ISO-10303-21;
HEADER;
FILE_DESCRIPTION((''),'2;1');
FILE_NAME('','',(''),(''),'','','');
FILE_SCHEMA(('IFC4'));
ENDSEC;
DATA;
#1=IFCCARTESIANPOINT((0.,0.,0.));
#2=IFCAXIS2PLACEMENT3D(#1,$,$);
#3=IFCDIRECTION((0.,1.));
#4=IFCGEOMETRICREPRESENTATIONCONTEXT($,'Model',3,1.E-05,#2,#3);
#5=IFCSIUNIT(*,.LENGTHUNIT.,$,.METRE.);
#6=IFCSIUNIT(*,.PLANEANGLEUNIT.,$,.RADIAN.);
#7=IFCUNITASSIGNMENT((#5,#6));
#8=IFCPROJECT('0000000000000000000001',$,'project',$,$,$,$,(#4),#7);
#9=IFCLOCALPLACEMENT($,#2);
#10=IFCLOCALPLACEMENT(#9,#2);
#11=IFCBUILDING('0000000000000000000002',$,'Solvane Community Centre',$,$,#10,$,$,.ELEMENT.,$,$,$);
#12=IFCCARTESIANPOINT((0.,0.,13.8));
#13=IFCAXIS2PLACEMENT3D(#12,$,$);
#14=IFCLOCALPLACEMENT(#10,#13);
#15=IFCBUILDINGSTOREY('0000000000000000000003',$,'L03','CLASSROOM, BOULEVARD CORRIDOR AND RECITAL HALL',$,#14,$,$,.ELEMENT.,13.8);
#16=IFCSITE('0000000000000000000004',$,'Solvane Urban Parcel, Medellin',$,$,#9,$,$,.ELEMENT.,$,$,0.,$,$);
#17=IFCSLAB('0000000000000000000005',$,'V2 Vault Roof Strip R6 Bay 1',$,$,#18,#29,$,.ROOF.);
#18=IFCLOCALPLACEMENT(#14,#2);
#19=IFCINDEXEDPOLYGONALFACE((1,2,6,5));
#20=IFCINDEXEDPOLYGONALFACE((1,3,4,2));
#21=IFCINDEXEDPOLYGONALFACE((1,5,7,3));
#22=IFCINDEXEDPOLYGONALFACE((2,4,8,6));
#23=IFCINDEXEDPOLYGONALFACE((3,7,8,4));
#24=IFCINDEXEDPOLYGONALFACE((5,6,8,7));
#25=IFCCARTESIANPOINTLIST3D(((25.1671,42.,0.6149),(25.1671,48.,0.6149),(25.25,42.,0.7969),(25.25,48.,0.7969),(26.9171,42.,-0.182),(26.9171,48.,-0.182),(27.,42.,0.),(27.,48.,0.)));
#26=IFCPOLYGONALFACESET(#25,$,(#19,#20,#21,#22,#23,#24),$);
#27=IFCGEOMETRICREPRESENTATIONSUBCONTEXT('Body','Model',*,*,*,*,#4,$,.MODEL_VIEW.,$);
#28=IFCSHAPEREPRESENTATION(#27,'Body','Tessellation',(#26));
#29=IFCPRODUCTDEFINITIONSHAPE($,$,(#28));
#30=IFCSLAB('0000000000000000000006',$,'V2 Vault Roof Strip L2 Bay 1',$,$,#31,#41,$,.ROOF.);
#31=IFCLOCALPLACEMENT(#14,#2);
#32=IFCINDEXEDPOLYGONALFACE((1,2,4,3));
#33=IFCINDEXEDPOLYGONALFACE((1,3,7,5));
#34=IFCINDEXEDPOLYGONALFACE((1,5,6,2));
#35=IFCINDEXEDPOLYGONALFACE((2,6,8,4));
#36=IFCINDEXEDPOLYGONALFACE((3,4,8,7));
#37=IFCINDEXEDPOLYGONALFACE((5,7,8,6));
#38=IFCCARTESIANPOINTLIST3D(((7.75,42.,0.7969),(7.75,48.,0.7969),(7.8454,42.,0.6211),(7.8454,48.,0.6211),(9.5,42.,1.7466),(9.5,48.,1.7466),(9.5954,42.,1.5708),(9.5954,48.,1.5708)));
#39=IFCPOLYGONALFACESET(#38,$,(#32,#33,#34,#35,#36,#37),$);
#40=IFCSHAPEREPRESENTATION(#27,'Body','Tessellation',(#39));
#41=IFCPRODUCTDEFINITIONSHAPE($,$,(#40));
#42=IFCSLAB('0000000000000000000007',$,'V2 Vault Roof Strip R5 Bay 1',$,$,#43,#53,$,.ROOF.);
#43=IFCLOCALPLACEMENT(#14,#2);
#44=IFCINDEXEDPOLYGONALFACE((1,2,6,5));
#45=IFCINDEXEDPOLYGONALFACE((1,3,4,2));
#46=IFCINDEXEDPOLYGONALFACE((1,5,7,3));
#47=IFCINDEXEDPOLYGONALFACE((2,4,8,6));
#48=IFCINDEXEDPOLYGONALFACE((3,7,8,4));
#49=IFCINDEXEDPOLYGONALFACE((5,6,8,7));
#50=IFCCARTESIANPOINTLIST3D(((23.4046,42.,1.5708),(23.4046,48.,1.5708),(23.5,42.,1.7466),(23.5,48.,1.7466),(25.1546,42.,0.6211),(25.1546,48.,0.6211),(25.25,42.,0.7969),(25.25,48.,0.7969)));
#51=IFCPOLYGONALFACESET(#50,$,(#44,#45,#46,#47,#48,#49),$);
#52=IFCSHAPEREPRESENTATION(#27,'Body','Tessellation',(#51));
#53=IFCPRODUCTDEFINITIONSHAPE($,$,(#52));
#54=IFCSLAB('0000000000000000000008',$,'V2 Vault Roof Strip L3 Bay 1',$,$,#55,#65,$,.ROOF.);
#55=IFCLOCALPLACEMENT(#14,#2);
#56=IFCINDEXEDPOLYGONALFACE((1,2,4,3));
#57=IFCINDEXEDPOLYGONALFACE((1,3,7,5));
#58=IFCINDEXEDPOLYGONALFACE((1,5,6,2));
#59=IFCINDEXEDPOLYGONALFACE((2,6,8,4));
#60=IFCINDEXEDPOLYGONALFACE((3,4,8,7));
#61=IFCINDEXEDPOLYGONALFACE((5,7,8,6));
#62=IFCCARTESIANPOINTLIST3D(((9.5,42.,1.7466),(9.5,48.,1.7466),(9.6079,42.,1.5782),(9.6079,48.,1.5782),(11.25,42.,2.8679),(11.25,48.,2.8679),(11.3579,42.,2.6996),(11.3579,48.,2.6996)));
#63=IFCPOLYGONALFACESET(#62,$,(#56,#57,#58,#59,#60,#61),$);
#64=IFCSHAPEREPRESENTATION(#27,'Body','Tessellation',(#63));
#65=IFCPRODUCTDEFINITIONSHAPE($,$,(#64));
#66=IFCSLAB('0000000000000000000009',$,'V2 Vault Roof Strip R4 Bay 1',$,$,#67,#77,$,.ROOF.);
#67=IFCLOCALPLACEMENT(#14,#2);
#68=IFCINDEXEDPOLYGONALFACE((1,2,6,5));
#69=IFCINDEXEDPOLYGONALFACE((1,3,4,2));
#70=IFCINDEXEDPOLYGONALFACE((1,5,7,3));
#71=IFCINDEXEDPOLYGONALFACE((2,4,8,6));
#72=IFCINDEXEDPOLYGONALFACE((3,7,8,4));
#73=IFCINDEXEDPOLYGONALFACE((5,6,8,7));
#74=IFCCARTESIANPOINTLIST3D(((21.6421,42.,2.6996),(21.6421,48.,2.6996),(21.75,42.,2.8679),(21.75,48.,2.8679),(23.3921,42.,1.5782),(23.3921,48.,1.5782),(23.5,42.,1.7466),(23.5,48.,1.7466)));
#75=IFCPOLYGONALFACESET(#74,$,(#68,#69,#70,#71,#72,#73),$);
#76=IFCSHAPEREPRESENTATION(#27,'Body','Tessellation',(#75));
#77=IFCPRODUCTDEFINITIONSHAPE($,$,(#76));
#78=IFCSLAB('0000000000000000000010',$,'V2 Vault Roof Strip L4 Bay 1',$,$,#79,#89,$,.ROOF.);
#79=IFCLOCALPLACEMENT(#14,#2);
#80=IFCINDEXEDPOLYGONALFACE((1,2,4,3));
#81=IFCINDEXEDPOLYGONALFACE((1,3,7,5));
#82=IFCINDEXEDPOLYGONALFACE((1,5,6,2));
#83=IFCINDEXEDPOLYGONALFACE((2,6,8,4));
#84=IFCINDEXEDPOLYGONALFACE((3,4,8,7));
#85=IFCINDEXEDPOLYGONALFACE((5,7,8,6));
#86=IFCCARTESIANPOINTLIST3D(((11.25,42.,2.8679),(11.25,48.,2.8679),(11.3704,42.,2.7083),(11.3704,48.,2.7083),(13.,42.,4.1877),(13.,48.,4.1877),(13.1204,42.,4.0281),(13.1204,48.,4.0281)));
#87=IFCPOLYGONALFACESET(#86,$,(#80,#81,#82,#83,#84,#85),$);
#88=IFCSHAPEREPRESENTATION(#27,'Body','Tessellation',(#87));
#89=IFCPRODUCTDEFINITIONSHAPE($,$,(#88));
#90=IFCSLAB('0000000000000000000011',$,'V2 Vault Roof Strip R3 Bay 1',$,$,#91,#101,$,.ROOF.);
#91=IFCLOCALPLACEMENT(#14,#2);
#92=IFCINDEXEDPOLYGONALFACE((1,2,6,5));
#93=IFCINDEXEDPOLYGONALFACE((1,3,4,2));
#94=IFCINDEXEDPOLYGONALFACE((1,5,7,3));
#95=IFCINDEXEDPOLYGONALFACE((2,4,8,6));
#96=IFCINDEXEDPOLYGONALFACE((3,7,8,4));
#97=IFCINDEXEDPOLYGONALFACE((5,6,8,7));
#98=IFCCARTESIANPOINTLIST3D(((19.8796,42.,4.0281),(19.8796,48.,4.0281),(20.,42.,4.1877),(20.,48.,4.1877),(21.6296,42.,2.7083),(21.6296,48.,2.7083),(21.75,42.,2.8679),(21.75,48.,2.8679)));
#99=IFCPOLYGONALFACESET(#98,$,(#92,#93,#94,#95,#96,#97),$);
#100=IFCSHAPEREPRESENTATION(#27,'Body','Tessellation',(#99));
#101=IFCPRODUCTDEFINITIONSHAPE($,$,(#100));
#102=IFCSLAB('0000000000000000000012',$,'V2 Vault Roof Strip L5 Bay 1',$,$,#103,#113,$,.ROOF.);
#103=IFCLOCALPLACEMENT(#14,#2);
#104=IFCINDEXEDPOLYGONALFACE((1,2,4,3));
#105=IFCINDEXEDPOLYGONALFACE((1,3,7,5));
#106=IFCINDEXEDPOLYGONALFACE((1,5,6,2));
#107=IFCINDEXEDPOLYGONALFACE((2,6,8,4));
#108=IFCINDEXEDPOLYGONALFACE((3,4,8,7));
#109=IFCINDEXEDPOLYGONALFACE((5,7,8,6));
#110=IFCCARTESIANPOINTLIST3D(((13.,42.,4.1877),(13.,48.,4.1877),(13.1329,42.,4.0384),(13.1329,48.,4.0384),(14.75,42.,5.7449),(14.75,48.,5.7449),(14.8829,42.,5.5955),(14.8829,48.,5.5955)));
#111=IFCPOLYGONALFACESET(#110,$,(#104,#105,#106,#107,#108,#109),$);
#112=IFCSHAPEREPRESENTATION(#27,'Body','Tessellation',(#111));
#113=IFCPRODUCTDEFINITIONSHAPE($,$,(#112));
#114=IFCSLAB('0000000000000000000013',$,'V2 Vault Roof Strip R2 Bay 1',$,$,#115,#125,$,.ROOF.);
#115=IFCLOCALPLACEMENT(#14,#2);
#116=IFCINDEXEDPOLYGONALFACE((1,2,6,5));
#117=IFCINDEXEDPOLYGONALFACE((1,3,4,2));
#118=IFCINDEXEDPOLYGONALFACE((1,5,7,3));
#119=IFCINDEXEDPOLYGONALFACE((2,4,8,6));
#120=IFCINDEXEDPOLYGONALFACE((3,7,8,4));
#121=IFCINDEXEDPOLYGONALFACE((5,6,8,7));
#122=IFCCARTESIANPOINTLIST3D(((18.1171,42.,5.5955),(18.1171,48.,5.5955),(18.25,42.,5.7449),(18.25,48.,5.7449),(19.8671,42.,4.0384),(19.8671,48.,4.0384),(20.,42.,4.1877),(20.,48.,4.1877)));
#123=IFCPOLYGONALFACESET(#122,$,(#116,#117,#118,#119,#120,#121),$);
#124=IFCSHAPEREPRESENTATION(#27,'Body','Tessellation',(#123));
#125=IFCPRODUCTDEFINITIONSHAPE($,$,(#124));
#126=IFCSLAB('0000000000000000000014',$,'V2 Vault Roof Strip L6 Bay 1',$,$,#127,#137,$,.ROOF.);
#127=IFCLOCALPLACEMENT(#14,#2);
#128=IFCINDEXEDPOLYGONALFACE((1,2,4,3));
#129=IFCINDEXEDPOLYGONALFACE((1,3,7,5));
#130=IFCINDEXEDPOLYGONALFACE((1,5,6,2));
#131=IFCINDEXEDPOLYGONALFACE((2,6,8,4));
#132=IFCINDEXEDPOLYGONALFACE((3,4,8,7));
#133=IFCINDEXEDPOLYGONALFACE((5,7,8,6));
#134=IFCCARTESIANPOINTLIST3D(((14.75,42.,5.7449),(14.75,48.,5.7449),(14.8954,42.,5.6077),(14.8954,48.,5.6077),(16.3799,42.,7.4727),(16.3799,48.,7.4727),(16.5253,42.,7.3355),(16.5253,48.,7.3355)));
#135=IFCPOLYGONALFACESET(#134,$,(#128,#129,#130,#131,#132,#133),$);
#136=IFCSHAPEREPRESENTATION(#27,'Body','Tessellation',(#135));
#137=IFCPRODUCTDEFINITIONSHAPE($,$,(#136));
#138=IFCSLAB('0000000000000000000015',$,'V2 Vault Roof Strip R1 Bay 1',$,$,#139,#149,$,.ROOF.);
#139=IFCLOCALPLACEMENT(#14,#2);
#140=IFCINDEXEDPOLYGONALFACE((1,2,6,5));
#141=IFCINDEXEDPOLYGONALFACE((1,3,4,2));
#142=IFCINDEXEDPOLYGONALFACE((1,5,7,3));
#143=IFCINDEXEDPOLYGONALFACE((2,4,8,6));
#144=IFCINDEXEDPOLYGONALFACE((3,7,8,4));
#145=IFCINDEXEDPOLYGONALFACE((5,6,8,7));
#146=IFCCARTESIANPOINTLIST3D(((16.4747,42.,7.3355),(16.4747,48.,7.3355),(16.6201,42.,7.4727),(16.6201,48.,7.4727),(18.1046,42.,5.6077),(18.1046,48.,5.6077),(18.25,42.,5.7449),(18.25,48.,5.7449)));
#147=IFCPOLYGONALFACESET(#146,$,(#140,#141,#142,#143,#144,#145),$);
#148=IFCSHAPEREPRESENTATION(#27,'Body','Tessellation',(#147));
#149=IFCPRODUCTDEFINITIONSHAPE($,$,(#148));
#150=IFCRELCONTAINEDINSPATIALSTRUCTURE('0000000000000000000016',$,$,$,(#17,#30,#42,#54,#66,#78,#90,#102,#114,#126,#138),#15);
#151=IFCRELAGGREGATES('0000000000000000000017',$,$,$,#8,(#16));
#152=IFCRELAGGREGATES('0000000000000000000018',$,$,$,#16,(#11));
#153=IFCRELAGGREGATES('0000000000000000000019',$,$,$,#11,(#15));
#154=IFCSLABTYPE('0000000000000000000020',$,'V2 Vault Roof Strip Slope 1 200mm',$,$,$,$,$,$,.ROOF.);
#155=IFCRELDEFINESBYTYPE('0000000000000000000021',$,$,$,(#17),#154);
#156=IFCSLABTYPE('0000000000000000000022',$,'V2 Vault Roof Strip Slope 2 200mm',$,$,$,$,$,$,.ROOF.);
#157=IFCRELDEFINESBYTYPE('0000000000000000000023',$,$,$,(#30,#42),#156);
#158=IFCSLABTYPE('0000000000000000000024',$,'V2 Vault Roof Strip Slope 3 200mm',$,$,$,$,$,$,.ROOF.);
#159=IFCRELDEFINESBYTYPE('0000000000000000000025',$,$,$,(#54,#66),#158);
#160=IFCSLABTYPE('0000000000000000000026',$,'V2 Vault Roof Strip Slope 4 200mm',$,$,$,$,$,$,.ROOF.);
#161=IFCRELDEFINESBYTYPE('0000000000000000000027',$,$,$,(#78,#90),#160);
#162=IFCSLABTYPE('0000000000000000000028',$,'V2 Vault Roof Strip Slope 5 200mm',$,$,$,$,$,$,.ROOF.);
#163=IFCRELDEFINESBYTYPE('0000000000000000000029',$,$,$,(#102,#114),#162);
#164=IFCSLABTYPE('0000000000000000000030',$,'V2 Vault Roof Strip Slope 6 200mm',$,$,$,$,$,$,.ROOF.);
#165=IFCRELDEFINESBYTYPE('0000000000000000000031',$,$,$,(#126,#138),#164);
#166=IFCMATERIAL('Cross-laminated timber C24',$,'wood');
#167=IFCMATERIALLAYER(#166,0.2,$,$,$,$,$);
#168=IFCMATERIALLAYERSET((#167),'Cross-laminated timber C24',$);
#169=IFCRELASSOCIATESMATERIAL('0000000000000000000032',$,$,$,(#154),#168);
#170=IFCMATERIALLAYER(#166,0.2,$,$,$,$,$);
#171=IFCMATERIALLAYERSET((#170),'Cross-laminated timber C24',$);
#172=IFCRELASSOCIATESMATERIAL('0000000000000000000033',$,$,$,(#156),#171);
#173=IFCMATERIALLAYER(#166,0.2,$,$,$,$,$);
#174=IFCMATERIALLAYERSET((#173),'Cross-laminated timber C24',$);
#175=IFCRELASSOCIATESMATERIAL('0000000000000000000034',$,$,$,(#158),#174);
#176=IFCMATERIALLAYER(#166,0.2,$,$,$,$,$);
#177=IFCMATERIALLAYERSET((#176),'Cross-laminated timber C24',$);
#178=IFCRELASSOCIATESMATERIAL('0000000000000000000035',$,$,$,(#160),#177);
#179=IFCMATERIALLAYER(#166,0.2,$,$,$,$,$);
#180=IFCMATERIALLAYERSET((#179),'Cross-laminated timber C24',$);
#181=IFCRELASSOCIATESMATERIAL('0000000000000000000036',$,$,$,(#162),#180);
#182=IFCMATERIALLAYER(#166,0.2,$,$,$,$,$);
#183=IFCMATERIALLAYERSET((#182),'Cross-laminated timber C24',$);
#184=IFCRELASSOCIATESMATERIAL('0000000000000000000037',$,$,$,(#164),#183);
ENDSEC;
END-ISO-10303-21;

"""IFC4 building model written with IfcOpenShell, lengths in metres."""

from ifc_helpers import new_model, si_unit, direction, frame, origin, place, context, subcontext, project, spatial, polyline, outline, extrude, material, layer, layer_set, type_object, element, save


model = new_model("IFC4")

# Units and contexts
model_context = context("Model", 3, precision=1e-05, world=origin(), true_north=direction((0.0, 1.0)))
body_context = subcontext(model_context, "Body", "Model", "MODEL_VIEW")
ifc_project = project(units=[si_unit("LENGTHUNIT", "METRE"), si_unit("PLANEANGLEUNIT", "RADIAN")], contexts=[model_context])

# Site, building, storey
site_placement = place(None, origin())
site = spatial("IfcSite", under=ifc_project, at=site_placement, Name="Solvane Urban Parcel, Medellin", CompositionType="ELEMENT", RefElevation=0.0)
building_placement = place(site_placement, origin())
building = spatial("IfcBuilding", under=site, at=building_placement, Name="Solvane Community Centre", CompositionType="ELEMENT")
storey_placement = place(building_placement, frame((0.0, 0.0, 13.8)))
storey = spatial("IfcBuildingStorey", under=building, at=storey_placement, Name="L03", Description="CLASSROOM, BOULEVARD CORRIDOR AND RECITAL HALL", CompositionType="ELEMENT", Elevation=13.8)

# Slabs
ifc_material_1 = material(Name="Cross-laminated timber C24", Category="wood")
ifc_layer_1 = layer(ifc_material_1, 0.2)
ifc_layer_set_1 = layer_set([ifc_layer_1], Name="Cross-laminated timber C24")
slab_type_1 = type_object("IfcSlabType", Name="V2 Vault Roof Strip Slope 1 200mm", PredefinedType="ROOF", material=ifc_layer_set_1)
for number, where, z_axis, x_axis, name in (
    (1, (25.25, 42.0, 0.7969), (0.414415, 0.0, 0.910088), (0.910088, 0.0, -0.414415), "V2 Vault Roof Strip R6 Bay 1"),
):
    element("IfcSlab", number, at=place(storey_placement, frame(where, z_axis=z_axis, x_axis=x_axis)), inside=storey, type_object=slab_type_1, Name=name, PredefinedType="ROOF", context=body_context, shape_type="SweptSolid", body=[
        extrude(outline(polyline([(0.0, 0.0), (1.9229, 0.0), (1.9229, 6.0), (0.0, 6.0), (0.0, 0.0)])), origin(), (0.0, 0.0, -1.0), 0.2),
    ])
ifc_layer_2 = layer(ifc_material_1, 0.2)
ifc_layer_set_2 = layer_set([ifc_layer_2], Name="Cross-laminated timber C24")
slab_type_2 = type_object("IfcSlabType", Name="V2 Vault Roof Strip Slope 2 200mm", PredefinedType="ROOF", material=ifc_layer_set_2)
for number, where, z_axis, x_axis, name in (
    (2, (7.75, 42.0, 0.7969), (-0.476978, 0.0, 0.878915), (0.878915, 0.0, 0.476978), "V2 Vault Roof Strip L2 Bay 1"),
    (3, (23.5, 42.0, 1.7466), (0.476978, 0.0, 0.878915), (0.878915, 0.0, -0.476978), "V2 Vault Roof Strip R5 Bay 1"),
):
    element("IfcSlab", number, at=place(storey_placement, frame(where, z_axis=z_axis, x_axis=x_axis)), inside=storey, type_object=slab_type_2, Name=name, PredefinedType="ROOF", context=body_context, shape_type="SweptSolid", body=[
        extrude(outline(polyline([(0.0, 0.0), (1.9911, 0.0), (1.9911, 6.0), (0.0, 6.0), (0.0, 0.0)])), origin(), (0.0, 0.0, -1.0), 0.2),
    ])
ifc_layer_3 = layer(ifc_material_1, 0.2)
ifc_layer_set_3 = layer_set([ifc_layer_3], Name="Cross-laminated timber C24")
slab_type_3 = type_object("IfcSlabType", Name="V2 Vault Roof Strip Slope 3 200mm", PredefinedType="ROOF", material=ifc_layer_set_3)
for number, where, z_axis, x_axis, name in (
    (4, (9.5, 42.0, 1.7466), (-0.53951, 0.0, 0.841979), (0.841979, 0.0, 0.53951), "V2 Vault Roof Strip L3 Bay 1"),
    (5, (21.75, 42.0, 2.8679), (0.53951, 0.0, 0.841979), (0.841979, 0.0, -0.53951), "V2 Vault Roof Strip R4 Bay 1"),
):
    element("IfcSlab", number, at=place(storey_placement, frame(where, z_axis=z_axis, x_axis=x_axis)), inside=storey, type_object=slab_type_3, Name=name, PredefinedType="ROOF", context=body_context, shape_type="SweptSolid", body=[
        extrude(outline(polyline([(0.0, 0.0), (2.0784, 0.0), (2.0784, 6.0), (0.0, 6.0), (0.0, 0.0)])), origin(), (0.0, 0.0, -1.0), 0.2),
    ])
ifc_layer_4 = layer(ifc_material_1, 0.2)
ifc_layer_set_4 = layer_set([ifc_layer_4], Name="Cross-laminated timber C24")
slab_type_4 = type_object("IfcSlabType", Name="V2 Vault Roof Strip Slope 4 200mm", PredefinedType="ROOF", material=ifc_layer_set_4)
for number, where, z_axis, x_axis, name in (
    (6, (11.25, 42.0, 2.8679), (-0.602136, 0.0, 0.798393), (0.798393, 0.0, 0.602136), "V2 Vault Roof Strip L4 Bay 1"),
    (7, (20.0, 42.0, 4.1877), (0.602136, 0.0, 0.798393), (0.798393, 0.0, -0.602136), "V2 Vault Roof Strip R3 Bay 1"),
):
    element("IfcSlab", number, at=place(storey_placement, frame(where, z_axis=z_axis, x_axis=x_axis)), inside=storey, type_object=slab_type_4, Name=name, PredefinedType="ROOF", context=body_context, shape_type="SweptSolid", body=[
        extrude(outline(polyline([(0.0, 0.0), (2.1919, 0.0), (2.1919, 6.0), (0.0, 6.0), (0.0, 0.0)])), origin(), (0.0, 0.0, -1.0), 0.2),
    ])
ifc_layer_5 = layer(ifc_material_1, 0.2)
ifc_layer_set_5 = layer_set([ifc_layer_5], Name="Cross-laminated timber C24")
slab_type_5 = type_object("IfcSlabType", Name="V2 Vault Roof Strip Slope 5 200mm", PredefinedType="ROOF", material=ifc_layer_set_5)
for number, where, z_axis, x_axis, name in (
    (8, (13.0, 42.0, 4.1877), (-0.664739, 0.0, 0.747076), (0.747076, 0.0, 0.664739), "V2 Vault Roof Strip L5 Bay 1"),
    (9, (18.25, 42.0, 5.7449), (0.664739, 0.0, 0.747076), (0.747076, 0.0, -0.664739), "V2 Vault Roof Strip R2 Bay 1"),
):
    element("IfcSlab", number, at=place(storey_placement, frame(where, z_axis=z_axis, x_axis=x_axis)), inside=storey, type_object=slab_type_5, Name=name, PredefinedType="ROOF", context=body_context, shape_type="SweptSolid", body=[
        extrude(outline(polyline([(0.0, 0.0), (2.3425, 0.0), (2.3425, 6.0), (0.0, 6.0), (0.0, 0.0)])), origin(), (0.0, 0.0, -1.0), 0.2),
    ])
ifc_layer_6 = layer(ifc_material_1, 0.2)
ifc_layer_set_6 = layer_set([ifc_layer_6], Name="Cross-laminated timber C24")
slab_type_6 = type_object("IfcSlabType", Name="V2 Vault Roof Strip Slope 6 200mm", PredefinedType="ROOF", material=ifc_layer_set_6)
for number, where, z_axis, x_axis, name in (
    (10, (14.75, 42.0, 5.7449), (-0.727415, 0.0, 0.686198), (0.686198, 0.0, 0.727415), "V2 Vault Roof Strip L6 Bay 1"),
    (11, (16.6201, 42.0, 7.4727), (0.727415, 0.0, 0.686198), (0.686198, 0.0, -0.727415), "V2 Vault Roof Strip R1 Bay 1"),
):
    element("IfcSlab", number, at=place(storey_placement, frame(where, z_axis=z_axis, x_axis=x_axis)), inside=storey, type_object=slab_type_6, Name=name, PredefinedType="ROOF", context=body_context, shape_type="SweptSolid", body=[
        extrude(outline(polyline([(0.0, 0.0), (2.3752, 0.0), (2.3752, 6.0), (0.0, 6.0), (0.0, 0.0)])), origin(), (0.0, 0.0, -1.0), 0.2),
    ])

save(model, "model.ifc")
